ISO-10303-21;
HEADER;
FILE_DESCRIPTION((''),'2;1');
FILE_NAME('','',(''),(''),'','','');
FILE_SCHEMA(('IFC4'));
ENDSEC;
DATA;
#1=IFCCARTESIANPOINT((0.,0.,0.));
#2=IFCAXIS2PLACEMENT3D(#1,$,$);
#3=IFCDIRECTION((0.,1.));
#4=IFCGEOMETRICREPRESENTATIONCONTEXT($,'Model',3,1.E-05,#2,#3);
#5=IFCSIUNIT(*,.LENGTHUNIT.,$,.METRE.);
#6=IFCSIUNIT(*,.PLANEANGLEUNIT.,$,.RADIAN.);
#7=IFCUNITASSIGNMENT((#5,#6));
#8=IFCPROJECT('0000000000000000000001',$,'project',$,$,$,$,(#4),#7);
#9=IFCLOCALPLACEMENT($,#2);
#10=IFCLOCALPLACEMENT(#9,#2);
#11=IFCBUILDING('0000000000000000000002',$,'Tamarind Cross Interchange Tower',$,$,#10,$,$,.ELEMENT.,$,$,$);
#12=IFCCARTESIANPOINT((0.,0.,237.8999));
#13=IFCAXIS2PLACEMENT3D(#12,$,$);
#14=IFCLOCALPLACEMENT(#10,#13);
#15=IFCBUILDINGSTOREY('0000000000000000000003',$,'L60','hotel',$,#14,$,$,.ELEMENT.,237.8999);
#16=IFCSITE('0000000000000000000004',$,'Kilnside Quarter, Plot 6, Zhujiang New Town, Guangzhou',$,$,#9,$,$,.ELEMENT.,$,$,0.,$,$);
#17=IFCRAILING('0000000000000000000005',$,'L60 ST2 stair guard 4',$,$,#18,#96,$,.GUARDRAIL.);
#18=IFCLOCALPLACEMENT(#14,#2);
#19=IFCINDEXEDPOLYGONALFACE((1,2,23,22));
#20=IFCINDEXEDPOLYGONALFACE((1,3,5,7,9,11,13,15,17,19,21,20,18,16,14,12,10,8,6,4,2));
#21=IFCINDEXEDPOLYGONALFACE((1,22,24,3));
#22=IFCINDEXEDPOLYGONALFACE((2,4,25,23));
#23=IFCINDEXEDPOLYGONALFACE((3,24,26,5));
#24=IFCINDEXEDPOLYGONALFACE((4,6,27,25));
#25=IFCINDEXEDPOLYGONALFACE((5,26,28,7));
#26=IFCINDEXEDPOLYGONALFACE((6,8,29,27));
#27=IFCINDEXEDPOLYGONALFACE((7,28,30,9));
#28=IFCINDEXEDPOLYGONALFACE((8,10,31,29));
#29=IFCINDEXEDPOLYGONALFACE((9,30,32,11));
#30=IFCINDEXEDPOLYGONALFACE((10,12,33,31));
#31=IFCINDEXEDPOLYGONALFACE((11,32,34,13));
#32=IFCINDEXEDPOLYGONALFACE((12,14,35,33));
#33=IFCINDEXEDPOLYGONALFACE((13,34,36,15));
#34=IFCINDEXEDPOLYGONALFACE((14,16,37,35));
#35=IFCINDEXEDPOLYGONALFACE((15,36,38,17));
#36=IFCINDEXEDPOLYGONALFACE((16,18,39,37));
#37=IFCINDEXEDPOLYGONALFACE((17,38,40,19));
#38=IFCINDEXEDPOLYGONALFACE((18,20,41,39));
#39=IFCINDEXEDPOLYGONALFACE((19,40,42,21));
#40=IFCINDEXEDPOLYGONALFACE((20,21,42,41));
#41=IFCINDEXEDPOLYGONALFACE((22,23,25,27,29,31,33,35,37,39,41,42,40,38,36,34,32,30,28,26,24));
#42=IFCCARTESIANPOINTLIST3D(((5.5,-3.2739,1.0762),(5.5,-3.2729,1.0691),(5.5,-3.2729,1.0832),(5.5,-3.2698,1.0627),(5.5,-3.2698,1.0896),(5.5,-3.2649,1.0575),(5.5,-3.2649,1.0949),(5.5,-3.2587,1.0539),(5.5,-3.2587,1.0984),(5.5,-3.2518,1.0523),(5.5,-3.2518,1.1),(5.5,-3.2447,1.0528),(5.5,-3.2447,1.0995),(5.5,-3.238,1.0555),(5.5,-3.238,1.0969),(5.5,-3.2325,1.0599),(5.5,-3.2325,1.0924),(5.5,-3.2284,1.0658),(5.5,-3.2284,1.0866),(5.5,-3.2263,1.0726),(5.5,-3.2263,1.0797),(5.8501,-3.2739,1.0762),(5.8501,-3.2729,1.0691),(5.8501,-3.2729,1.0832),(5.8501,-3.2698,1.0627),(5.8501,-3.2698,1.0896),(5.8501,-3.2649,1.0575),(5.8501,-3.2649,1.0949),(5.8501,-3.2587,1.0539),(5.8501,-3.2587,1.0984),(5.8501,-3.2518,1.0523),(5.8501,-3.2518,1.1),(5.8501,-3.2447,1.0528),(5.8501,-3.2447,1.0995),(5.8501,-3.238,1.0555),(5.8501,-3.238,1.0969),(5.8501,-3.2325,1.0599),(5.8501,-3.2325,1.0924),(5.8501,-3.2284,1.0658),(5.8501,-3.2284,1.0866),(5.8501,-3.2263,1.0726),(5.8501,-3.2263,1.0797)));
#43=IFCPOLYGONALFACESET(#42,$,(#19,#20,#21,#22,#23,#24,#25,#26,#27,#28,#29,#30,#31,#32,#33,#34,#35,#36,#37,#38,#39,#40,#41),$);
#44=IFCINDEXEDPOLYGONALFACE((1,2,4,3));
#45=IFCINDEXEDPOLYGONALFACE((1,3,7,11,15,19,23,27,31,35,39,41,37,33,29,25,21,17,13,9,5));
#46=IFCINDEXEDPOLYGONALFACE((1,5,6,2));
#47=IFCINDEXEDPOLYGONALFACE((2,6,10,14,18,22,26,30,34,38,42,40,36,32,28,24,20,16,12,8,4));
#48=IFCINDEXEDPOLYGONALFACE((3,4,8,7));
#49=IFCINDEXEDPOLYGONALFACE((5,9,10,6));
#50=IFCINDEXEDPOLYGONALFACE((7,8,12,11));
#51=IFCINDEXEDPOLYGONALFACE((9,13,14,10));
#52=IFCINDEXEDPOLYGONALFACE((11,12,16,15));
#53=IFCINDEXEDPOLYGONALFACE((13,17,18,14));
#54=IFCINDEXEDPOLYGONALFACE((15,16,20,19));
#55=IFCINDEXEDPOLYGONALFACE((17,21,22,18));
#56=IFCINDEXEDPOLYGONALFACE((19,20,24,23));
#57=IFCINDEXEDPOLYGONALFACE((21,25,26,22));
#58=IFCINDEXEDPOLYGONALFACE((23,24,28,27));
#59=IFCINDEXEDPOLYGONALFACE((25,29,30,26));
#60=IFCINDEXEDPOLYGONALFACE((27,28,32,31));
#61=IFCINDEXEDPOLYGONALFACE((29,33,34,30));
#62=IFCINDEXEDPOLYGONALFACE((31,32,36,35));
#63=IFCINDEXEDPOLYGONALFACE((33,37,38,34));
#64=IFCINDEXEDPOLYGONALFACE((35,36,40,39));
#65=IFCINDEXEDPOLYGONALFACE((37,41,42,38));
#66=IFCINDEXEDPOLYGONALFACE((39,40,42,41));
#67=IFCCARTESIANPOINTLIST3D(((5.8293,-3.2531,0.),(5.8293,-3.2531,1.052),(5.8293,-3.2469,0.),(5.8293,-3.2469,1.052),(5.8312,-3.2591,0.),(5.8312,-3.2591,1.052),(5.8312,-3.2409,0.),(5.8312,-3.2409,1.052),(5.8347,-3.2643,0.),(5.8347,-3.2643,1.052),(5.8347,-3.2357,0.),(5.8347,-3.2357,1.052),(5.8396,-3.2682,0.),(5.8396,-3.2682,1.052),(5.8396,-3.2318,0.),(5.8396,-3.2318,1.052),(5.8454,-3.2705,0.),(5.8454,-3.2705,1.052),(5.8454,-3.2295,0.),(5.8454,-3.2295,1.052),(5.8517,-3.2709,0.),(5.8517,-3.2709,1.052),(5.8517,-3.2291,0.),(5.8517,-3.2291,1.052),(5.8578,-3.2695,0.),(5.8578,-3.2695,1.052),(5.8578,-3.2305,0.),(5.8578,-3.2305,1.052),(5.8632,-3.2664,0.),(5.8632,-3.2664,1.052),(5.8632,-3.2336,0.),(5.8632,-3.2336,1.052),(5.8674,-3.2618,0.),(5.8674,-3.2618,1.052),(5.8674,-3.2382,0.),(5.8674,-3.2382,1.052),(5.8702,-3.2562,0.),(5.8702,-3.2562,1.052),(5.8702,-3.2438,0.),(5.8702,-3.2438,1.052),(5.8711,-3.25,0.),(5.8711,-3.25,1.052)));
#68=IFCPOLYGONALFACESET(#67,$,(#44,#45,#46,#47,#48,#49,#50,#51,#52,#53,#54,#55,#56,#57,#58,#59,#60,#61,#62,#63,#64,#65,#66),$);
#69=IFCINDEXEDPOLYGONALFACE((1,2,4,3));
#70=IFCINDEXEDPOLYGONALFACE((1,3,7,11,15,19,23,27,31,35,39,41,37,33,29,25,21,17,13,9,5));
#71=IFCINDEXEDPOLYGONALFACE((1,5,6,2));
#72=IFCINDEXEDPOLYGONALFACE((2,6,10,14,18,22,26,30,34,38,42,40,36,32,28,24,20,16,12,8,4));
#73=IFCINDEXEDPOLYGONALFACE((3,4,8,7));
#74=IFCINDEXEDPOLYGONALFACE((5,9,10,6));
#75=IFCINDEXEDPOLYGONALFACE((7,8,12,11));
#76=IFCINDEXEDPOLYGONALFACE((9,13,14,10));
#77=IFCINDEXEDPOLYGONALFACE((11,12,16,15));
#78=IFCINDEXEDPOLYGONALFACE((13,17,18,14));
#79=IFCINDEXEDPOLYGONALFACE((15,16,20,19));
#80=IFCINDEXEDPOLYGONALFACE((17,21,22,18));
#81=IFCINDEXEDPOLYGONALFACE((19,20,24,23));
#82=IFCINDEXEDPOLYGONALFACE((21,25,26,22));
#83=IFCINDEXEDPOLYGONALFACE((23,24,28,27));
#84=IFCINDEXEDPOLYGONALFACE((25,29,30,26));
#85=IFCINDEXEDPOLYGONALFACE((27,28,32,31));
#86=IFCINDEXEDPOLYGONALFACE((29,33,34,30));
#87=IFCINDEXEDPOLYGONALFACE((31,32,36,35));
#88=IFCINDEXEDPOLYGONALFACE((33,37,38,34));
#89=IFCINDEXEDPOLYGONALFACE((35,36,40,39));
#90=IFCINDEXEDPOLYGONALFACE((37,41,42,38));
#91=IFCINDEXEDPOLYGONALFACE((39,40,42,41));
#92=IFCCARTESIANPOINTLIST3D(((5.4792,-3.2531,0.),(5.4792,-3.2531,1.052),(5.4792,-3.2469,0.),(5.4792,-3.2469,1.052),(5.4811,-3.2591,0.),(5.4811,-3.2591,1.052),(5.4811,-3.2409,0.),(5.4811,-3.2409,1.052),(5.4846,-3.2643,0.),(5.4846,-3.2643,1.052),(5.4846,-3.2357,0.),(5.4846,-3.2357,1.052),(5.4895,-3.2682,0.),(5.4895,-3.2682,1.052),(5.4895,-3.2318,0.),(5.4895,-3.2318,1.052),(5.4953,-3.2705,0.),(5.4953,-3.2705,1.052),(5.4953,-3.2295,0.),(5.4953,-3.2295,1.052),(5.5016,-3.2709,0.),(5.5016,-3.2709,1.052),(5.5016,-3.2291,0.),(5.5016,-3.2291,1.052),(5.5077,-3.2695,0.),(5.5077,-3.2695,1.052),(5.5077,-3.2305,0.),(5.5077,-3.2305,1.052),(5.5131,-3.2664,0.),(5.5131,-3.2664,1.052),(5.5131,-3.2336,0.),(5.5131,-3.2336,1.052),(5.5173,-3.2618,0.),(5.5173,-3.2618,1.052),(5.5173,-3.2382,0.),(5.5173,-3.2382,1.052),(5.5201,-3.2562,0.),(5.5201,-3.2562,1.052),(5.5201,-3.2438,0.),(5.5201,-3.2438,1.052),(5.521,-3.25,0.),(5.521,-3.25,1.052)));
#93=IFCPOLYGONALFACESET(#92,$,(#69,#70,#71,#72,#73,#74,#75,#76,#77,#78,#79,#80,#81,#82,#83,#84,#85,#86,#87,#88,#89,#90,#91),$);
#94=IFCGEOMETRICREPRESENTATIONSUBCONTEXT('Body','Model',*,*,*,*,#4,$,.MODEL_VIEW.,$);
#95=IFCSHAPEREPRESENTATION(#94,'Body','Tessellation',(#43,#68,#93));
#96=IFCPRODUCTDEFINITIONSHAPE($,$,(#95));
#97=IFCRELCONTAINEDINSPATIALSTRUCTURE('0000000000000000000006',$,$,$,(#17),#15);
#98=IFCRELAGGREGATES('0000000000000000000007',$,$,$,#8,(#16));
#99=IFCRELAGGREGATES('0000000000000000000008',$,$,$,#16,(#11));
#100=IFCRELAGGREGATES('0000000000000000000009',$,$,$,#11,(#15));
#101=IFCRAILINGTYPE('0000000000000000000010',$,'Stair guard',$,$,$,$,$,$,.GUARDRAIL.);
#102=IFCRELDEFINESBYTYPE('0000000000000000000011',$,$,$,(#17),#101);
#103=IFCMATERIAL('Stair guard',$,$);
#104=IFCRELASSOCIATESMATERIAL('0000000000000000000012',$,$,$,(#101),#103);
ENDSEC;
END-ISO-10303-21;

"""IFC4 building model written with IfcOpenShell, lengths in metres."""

from ifc_helpers import new_model, si_unit, direction, frame, origin, origin_2d, place, context, subcontext, project, spatial, circle, extrude, material, type_object, element, save


model = new_model("IFC4")

# Units and contexts
model_context = context("Model", 3, precision=1e-05, world=origin(), true_north=direction((0.0, 1.0)))
body_context = subcontext(model_context, "Body", "Model", "MODEL_VIEW")
ifc_project = project(units=[si_unit("LENGTHUNIT", "METRE"), si_unit("PLANEANGLEUNIT", "RADIAN")], contexts=[model_context])

# Site, building, storey
site_placement = place(None, origin())
site = spatial("IfcSite", under=ifc_project, at=site_placement, Name="Kilnside Quarter, Plot 6, Zhujiang New Town, Guangzhou", CompositionType="ELEMENT", RefElevation=0.0)
building_placement = place(site_placement, origin())
building = spatial("IfcBuilding", under=site, at=building_placement, Name="Tamarind Cross Interchange Tower", CompositionType="ELEMENT")
storey_placement = place(building_placement, frame((0.0, 0.0, 237.8999)))
storey = spatial("IfcBuildingStorey", under=building, at=storey_placement, Name="L60", Description="hotel", CompositionType="ELEMENT", Elevation=237.8999)

# Railing
ifc_material_1 = material(Name="Stair guard")
railing_type_1 = type_object("IfcRailingType", Name="Stair guard", PredefinedType="GUARDRAIL", material=ifc_material_1)
railing_1_placement = place(storey_placement, frame((5.8501, -3.25, 0.0)))
element("IfcRailing", 1, at=railing_1_placement, inside=storey, type_object=railing_type_1, Name="L60 ST2 stair guard 4", PredefinedType="GUARDRAIL", context=body_context, shape_type="SweptSolid", body=[
    extrude(circle(Radius=0.0239, at=origin_2d()), frame((0.0, 0.0, 1.0762), z_axis=(-1.0, 0.0, 0.0), x_axis=(0.0, -1.0, 0.0)), (0.0, 0.0, 1.0), 0.3501),
    extrude(circle(Radius=0.021, at=origin_2d()), origin(), (0.0, 0.0, 1.0), 1.052),
    extrude(circle(Radius=0.021, at=origin_2d()), frame((-0.3501, 0.0, 0.0)), (0.0, 0.0, 1.0), 1.052),
])

save(model, "model.ifc")
